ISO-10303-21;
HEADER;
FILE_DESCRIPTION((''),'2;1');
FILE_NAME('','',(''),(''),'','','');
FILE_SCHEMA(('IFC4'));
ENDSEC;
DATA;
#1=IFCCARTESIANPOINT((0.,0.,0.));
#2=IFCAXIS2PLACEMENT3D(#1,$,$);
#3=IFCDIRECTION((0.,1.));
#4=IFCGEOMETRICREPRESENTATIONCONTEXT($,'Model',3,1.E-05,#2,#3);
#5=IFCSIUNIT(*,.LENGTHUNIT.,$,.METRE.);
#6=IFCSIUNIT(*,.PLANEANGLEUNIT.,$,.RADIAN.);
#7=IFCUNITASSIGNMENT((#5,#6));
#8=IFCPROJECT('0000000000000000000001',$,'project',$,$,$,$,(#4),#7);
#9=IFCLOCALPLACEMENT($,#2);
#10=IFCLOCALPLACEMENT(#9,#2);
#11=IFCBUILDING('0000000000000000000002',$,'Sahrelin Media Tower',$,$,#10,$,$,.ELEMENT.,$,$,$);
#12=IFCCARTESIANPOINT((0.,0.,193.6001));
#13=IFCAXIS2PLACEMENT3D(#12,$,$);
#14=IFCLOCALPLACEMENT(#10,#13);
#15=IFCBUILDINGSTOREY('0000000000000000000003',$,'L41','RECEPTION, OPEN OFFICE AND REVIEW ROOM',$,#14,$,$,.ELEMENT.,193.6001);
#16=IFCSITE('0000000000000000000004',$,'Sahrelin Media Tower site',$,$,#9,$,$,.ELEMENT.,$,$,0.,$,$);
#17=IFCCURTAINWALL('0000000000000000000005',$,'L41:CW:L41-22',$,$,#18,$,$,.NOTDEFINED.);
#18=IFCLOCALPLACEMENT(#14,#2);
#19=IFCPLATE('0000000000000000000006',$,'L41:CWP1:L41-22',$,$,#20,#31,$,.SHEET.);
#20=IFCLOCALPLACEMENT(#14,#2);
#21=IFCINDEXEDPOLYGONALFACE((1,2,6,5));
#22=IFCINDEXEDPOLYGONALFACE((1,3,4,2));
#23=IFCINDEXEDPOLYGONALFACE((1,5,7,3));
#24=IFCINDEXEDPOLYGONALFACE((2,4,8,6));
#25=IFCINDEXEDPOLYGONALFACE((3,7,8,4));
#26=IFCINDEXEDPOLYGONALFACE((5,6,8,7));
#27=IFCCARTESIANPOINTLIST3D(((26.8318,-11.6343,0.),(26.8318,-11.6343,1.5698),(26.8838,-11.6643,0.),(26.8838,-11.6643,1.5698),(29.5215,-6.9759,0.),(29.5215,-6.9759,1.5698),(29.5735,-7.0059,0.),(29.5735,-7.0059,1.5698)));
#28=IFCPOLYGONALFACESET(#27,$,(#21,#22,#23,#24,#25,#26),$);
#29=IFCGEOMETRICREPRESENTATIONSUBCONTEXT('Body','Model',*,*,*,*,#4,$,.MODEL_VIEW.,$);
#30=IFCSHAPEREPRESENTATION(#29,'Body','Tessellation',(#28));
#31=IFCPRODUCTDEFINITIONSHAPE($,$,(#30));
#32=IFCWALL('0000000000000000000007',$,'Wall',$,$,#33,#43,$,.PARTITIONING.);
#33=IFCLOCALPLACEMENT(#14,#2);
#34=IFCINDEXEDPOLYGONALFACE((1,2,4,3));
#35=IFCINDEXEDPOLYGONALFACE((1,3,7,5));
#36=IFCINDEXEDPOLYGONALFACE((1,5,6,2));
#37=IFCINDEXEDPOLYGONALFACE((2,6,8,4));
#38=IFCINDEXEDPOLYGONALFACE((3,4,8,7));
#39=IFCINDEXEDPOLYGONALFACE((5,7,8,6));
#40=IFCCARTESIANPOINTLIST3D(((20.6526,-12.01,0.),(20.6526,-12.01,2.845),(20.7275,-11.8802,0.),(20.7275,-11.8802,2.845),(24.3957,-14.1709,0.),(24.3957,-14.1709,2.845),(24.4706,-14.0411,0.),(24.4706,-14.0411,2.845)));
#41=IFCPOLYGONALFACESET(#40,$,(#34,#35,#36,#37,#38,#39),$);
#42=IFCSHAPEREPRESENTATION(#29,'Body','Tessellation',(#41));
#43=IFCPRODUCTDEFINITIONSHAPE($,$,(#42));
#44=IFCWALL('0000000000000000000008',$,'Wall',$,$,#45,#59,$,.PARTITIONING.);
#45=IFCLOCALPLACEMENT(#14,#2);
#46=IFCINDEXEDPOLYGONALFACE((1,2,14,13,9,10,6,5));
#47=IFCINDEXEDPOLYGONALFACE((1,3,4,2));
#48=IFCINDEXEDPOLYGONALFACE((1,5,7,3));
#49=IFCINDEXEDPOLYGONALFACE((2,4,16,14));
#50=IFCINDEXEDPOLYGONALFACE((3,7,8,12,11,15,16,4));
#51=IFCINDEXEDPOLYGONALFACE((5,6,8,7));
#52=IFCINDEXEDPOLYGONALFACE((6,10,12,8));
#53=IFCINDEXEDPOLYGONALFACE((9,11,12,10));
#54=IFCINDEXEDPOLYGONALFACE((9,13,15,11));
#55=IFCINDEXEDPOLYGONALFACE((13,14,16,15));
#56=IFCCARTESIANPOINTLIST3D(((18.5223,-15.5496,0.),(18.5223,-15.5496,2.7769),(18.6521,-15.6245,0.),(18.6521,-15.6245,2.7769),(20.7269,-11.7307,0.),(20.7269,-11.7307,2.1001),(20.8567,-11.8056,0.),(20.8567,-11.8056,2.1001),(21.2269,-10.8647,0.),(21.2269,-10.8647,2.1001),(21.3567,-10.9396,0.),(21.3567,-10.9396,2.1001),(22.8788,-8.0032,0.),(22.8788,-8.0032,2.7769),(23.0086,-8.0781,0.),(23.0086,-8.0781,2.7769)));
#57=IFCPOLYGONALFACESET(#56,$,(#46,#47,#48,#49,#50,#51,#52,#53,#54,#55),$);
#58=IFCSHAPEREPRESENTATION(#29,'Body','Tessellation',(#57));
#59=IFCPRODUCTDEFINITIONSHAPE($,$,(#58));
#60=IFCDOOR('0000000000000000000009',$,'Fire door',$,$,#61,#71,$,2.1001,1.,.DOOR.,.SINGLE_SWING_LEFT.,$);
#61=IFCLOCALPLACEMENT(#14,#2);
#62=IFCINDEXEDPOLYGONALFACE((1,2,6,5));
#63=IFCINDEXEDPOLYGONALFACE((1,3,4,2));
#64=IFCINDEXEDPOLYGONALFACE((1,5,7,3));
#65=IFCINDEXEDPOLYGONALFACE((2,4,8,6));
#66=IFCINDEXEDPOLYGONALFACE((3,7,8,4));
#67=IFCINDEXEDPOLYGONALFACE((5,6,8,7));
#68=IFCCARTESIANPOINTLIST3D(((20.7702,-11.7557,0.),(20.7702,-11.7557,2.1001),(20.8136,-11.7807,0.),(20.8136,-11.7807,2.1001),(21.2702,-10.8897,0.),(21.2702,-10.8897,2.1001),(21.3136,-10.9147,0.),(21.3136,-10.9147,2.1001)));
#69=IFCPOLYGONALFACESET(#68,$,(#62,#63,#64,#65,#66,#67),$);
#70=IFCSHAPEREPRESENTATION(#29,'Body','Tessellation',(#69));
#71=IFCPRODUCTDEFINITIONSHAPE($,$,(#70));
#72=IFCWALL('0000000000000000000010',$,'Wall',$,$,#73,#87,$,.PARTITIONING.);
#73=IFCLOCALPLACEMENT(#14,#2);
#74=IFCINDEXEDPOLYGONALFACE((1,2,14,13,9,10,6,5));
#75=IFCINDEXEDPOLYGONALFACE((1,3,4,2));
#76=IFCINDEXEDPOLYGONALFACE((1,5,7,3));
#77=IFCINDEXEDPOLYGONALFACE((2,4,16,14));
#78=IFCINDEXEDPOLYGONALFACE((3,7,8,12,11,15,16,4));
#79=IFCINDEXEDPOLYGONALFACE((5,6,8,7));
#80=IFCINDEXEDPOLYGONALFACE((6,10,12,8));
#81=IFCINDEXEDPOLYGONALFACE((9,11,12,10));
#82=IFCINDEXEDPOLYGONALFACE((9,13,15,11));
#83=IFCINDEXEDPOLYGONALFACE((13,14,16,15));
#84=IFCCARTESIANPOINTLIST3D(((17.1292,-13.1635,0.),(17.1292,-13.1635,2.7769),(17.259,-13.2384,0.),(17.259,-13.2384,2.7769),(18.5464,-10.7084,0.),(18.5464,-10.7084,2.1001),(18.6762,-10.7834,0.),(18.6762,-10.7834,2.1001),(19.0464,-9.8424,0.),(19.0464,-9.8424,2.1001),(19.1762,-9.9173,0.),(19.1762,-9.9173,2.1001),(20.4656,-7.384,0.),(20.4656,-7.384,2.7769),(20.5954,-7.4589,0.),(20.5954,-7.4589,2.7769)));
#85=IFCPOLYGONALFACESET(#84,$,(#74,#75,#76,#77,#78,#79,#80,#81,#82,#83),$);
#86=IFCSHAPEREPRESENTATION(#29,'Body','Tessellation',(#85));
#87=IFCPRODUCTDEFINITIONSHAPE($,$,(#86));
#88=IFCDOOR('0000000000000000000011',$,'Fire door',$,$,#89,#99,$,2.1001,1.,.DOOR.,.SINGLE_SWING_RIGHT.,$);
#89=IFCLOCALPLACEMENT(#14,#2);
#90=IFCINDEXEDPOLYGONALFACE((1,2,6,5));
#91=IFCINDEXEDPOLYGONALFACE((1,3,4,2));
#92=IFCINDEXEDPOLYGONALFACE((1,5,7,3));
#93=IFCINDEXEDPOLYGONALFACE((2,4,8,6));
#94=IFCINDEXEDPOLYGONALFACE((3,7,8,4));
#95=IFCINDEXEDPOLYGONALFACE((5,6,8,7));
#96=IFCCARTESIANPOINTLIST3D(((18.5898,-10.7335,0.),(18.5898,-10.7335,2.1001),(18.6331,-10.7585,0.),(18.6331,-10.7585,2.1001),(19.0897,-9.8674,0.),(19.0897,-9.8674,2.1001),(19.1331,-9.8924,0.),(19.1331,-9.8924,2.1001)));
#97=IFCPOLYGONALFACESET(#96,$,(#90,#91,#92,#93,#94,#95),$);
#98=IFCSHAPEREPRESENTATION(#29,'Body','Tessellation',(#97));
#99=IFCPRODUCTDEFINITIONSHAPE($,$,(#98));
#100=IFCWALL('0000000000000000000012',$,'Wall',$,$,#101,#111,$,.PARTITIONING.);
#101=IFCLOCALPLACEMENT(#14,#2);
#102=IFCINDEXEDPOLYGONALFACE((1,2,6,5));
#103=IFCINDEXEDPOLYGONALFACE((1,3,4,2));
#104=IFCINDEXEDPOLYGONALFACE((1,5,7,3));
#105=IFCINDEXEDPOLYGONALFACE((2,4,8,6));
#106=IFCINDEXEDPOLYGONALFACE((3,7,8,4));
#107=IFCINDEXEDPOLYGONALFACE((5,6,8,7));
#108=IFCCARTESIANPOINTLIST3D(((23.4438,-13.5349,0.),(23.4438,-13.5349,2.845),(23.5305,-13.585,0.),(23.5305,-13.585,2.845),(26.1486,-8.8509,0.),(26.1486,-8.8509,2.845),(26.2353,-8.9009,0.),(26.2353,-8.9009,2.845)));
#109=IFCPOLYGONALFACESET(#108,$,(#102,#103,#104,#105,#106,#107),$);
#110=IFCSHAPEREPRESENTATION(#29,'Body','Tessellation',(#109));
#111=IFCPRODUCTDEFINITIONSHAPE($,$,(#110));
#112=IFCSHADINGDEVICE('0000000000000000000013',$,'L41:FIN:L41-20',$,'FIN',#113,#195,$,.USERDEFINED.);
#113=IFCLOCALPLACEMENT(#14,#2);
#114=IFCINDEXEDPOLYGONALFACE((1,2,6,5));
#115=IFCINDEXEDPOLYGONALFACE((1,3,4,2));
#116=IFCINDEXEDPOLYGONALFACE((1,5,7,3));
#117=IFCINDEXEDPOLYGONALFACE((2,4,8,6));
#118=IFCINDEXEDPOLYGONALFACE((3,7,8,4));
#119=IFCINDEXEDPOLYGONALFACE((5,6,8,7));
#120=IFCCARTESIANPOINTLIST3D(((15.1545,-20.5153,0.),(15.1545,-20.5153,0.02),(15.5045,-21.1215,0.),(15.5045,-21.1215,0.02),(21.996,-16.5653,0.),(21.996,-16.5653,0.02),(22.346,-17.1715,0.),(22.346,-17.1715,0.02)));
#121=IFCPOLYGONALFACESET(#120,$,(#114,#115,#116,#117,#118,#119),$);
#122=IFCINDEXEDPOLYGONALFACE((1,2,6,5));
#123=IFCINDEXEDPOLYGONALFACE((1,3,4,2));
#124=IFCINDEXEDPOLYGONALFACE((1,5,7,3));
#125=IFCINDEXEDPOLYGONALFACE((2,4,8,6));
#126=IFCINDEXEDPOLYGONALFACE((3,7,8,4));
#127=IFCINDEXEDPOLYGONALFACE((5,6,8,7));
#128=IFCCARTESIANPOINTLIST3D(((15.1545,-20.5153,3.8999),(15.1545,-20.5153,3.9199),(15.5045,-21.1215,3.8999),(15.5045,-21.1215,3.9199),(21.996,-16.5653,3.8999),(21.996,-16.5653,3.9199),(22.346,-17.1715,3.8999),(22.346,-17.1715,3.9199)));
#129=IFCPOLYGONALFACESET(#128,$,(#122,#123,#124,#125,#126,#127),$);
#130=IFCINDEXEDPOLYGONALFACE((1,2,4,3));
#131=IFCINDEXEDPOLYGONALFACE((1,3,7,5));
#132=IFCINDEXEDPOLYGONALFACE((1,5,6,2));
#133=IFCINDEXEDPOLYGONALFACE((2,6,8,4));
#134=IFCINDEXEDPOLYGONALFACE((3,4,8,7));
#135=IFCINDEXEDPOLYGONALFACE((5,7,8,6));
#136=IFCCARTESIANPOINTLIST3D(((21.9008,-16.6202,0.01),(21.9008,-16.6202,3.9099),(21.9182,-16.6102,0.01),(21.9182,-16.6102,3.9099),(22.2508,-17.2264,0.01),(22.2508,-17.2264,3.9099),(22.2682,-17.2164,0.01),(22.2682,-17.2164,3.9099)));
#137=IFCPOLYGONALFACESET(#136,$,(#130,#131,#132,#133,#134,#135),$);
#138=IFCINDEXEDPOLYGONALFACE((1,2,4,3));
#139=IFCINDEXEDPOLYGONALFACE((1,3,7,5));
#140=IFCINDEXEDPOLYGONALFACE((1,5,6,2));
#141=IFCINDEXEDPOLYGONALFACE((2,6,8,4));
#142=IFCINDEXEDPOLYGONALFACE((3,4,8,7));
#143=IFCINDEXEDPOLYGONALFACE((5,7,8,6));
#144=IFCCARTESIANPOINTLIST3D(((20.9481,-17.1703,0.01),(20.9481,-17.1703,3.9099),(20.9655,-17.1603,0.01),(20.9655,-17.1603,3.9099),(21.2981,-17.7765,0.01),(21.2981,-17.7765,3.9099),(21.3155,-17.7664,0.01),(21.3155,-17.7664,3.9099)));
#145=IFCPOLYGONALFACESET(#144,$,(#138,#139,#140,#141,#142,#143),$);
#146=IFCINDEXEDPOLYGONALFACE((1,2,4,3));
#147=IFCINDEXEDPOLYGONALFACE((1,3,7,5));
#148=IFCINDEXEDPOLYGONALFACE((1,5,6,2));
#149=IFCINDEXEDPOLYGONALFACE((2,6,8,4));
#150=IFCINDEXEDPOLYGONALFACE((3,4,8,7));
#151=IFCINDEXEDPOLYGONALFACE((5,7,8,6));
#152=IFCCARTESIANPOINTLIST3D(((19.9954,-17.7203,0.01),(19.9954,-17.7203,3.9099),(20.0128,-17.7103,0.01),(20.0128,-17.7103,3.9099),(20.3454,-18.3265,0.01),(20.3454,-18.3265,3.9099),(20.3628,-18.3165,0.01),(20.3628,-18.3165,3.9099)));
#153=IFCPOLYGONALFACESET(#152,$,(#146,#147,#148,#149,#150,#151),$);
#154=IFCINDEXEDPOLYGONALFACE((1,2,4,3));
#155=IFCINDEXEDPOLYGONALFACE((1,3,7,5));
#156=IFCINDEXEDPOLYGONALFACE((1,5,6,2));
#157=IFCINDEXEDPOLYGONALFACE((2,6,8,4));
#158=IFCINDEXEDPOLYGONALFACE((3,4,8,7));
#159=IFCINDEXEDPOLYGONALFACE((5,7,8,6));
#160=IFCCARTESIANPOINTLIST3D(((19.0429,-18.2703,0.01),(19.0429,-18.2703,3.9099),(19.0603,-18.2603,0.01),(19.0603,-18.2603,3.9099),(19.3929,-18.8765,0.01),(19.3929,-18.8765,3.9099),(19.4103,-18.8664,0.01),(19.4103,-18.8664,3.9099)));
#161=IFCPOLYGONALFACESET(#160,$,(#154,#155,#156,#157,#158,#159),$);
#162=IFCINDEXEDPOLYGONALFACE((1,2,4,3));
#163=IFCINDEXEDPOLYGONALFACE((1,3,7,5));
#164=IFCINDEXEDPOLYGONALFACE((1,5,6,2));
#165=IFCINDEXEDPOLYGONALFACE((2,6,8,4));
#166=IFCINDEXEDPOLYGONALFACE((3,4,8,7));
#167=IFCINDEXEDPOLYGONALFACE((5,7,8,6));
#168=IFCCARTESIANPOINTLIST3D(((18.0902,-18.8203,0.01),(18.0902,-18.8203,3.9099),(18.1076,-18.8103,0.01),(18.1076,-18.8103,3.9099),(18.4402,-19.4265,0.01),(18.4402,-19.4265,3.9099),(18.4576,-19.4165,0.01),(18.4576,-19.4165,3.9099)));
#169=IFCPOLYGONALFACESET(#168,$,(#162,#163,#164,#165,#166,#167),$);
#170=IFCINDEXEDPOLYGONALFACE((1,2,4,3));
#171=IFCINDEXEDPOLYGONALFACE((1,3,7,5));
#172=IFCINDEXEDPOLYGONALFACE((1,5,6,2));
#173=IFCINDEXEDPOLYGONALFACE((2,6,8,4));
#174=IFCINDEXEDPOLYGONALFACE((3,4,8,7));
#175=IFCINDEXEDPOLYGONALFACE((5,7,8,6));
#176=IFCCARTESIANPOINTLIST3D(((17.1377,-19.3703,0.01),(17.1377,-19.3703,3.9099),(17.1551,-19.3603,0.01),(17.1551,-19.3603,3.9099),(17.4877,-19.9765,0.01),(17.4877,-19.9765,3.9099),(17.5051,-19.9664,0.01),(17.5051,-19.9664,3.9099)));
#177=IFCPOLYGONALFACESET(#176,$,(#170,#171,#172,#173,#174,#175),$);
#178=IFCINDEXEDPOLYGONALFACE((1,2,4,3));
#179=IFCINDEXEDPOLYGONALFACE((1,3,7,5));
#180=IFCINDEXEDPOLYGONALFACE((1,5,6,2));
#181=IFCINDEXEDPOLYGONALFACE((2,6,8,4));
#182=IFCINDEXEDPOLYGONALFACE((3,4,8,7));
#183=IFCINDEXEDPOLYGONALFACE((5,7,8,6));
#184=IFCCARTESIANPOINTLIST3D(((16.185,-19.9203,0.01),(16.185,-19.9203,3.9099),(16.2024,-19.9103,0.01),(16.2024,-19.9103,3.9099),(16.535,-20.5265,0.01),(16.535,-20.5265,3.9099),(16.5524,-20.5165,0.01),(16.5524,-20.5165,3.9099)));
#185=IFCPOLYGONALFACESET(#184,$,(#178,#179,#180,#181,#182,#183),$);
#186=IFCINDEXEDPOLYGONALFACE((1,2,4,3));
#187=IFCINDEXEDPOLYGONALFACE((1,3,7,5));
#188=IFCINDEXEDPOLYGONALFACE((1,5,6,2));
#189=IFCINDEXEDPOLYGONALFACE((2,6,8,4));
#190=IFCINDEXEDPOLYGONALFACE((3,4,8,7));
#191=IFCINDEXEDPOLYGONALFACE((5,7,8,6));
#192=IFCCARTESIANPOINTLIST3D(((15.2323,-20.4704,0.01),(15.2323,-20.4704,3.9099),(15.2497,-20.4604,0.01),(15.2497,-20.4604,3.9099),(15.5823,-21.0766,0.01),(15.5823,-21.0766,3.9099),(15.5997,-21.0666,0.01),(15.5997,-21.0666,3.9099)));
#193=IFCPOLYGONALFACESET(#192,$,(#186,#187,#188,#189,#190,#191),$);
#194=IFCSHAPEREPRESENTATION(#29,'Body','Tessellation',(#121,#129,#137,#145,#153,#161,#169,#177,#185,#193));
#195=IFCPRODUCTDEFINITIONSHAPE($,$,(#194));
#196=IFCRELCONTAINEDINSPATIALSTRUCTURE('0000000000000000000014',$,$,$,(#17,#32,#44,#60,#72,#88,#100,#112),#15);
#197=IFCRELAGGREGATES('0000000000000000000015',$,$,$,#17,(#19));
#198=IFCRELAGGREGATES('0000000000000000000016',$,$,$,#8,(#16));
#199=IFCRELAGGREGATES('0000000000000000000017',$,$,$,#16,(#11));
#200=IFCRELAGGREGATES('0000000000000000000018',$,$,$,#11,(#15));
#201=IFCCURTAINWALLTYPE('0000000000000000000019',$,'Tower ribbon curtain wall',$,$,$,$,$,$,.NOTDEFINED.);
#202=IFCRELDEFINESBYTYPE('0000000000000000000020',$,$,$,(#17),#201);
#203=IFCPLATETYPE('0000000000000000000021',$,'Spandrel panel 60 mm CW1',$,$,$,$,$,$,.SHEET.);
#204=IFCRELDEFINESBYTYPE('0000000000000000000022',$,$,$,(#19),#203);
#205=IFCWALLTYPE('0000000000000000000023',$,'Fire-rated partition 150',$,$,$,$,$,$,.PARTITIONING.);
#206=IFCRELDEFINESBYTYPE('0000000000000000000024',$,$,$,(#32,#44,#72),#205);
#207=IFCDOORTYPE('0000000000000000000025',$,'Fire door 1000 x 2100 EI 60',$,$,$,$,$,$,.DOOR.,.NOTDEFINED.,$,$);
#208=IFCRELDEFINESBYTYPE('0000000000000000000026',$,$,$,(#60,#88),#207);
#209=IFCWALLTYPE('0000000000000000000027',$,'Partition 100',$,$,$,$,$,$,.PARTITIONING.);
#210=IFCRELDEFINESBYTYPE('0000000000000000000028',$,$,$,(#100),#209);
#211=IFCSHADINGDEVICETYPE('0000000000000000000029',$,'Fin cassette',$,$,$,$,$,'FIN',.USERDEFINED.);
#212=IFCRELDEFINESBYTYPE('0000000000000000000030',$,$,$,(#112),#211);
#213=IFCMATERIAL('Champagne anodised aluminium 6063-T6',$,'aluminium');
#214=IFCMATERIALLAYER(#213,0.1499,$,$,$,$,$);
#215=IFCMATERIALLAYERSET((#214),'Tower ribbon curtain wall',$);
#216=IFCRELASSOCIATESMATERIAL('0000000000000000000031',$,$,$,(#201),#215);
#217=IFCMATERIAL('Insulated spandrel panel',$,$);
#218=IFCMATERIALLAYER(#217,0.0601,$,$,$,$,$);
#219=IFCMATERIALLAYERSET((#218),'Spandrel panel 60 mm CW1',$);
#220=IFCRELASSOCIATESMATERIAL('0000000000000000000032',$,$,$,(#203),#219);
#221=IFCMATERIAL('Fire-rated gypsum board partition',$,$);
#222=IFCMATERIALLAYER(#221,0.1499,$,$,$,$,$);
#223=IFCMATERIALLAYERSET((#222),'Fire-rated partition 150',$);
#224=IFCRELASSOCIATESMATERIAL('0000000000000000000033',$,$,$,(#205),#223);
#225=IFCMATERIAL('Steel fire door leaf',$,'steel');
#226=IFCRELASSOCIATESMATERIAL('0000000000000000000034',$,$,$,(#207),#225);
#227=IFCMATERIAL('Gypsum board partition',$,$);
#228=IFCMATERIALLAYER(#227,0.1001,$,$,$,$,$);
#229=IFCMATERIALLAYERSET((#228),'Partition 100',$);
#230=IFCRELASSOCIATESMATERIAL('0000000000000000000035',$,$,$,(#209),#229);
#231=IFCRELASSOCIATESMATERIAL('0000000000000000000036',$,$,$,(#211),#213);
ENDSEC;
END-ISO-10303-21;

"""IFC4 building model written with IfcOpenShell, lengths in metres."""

from ifc_helpers import new_model, si_unit, direction, frame, frame_2d, origin, origin_2d, place, context, subcontext, project, spatial, polyline, rectangle, outline, extrude, material, layer, layer_set, type_object, element, fill, aggregate, save


model = new_model("IFC4")

# Units and contexts
model_context = context("Model", 3, precision=1e-05, world=origin(), true_north=direction((0.0, 1.0)))
body_context = subcontext(model_context, "Body", "Model", "MODEL_VIEW")
ifc_project = project(units=[si_unit("LENGTHUNIT", "METRE"), si_unit("PLANEANGLEUNIT", "RADIAN")], contexts=[model_context])

# Site, building, storey
site_placement = place(None, origin())
site = spatial("IfcSite", under=ifc_project, at=site_placement, Name="Sahrelin Media Tower site", CompositionType="ELEMENT", RefElevation=0.0)
building_placement = place(site_placement, origin())
building = spatial("IfcBuilding", under=site, at=building_placement, Name="Sahrelin Media Tower", CompositionType="ELEMENT")
storey_placement = place(building_placement, frame((0.0, 0.0, 193.6001)))
storey = spatial("IfcBuildingStorey", under=building, at=storey_placement, Name="L41", Description="RECEPTION, OPEN OFFICE AND REVIEW ROOM", CompositionType="ELEMENT", Elevation=193.6001)

# Shared definitions
ifc_material_1 = material(Name="Champagne anodised aluminium 6063-T6", Category="aluminium")
ifc_layer_1 = layer(ifc_material_1, 0.1499)
ifc_layer_set_1 = layer_set([ifc_layer_1], Name="Tower ribbon curtain wall")
curtain_wall_type = type_object("IfcCurtainWallType", Name="Tower ribbon curtain wall", PredefinedType="NOTDEFINED", material=ifc_layer_set_1)

# Curtain wall
curtain_wall_1_placement = place(storey_placement, frame((28.2112, -9.325, 0.0), z_axis=(0.0, 0.0, 1.0), x_axis=(1.0, 0.0, 0.0)))
curtain_wall_1 = element("IfcCurtainWall", 1, at=curtain_wall_1_placement, inside=storey, type_object=curtain_wall_type, Name="L41:CW:L41-22", PredefinedType="NOTDEFINED")

# Plate
ifc_material_2 = material(Name="Insulated spandrel panel")
ifc_layer_2 = layer(ifc_material_2, 0.0601)
ifc_layer_set_2 = layer_set([ifc_layer_2], Name="Spandrel panel 60 mm CW1")
plate_type_1 = type_object("IfcPlateType", Name="Spandrel panel 60 mm CW1", PredefinedType="SHEET", material=ifc_layer_set_2)
plate_1_placement = place(storey_placement, frame((26.8838, -11.6643, 0.0), z_axis=(0.866014, -0.50002, 0.0), x_axis=(0.50002, 0.866014, 0.0)))
plate_1 = element("IfcPlate", 2, at=plate_1_placement, type_object=plate_type_1, Name="L41:CWP1:L41-22", PredefinedType="SHEET", context=body_context, shape_type="SweptSolid", body=[
    extrude(outline(polyline([(0.0, 0.0), (5.3792, 0.0), (5.3792, 1.5698), (0.0, 1.5698), (0.0, 0.0)])), origin(), (0.0, 0.0, -1.0), 0.0601),
])
aggregate(curtain_wall_1, [plate_1])

# Wall
ifc_material_3 = material(Name="Fire-rated gypsum board partition")
ifc_layer_3 = layer(ifc_material_3, 0.1499)
ifc_layer_set_3 = layer_set([ifc_layer_3], Name="Fire-rated partition 150")
wall_type_1 = type_object("IfcWallType", Name="Fire-rated partition 150", PredefinedType="PARTITIONING", material=ifc_layer_set_3)
wall_1_placement = place(storey_placement, frame((20.6899, -11.9451, 0.0), z_axis=(0.0, 0.0, 1.0), x_axis=(0.866048, -0.49996, 0.0)))
element("IfcWall", 3, at=wall_1_placement, inside=storey, type_object=wall_type_1, Name="Wall", PredefinedType="PARTITIONING", context=body_context, shape_type="SweptSolid", body=[
    extrude(rectangle(XDim=4.322, YDim=0.1499, at=frame_2d((2.1611, 0.0))), origin(), (0.0, 0.0, 1.0), 2.845),
])

# Walls, openings, doors
wall_2_placement = place(storey_placement, frame((18.5872, -15.5872, 0.0), z_axis=(0.0, 0.0, 1.0), x_axis=(0.49996, 0.866048, 0.0)))
wall_2 = element("IfcWall", 4, at=wall_2_placement, inside=storey, type_object=wall_type_1, Name="Wall", PredefinedType="PARTITIONING", context=body_context, shape_type="SweptSolid", body=[
    extrude(rectangle(XDim=8.7136, YDim=0.1499, at=frame_2d((4.3569, 0.0))), origin(), (0.0, 0.0, 1.0), 2.7769),
])
opening_1_placement = place(wall_2_placement, frame((4.4097, 0.0, 0.0)))
opening_1 = element("IfcOpeningElement", 5, at=opening_1_placement, cuts=wall_2, PredefinedType="OPENING", context=body_context, shape_type="SweptSolid", body=[
    extrude(rectangle(XDim=1.0, YDim=2.1001, at=frame_2d((0.5, 1.05))), frame((0.0, 0.075, 0.0), z_axis=(0.0, -1.0, 0.0), x_axis=(1.0, 0.0, 0.0)), (0.0, 0.0, 1.0), 0.1499),
])
ifc_material_4 = material(Name="Steel fire door leaf", Category="steel")
door_type = type_object("IfcDoorType", Name="Fire door 1000 x 2100 EI 60", OperationType="NOTDEFINED", PredefinedType="DOOR", material=ifc_material_4)
door_1_placement = place(opening_1_placement, origin())
door_1 = element("IfcDoor", 6, at=door_1_placement, inside=storey, type_object=door_type, Name="Fire door", OperationType="SINGLE_SWING_LEFT", OverallHeight=2.1001, OverallWidth=1.0, PredefinedType="DOOR", context=body_context, shape_type="SweptSolid", body=[
    extrude(rectangle(XDim=1.0, YDim=2.1001, at=frame_2d((0.5, 1.05))), frame((0.0, 0.0249, 0.0), z_axis=(0.0, -1.0, 0.0), x_axis=(1.0, 0.0, 0.0)), (0.0, 0.0, 1.0), 0.05),
])
fill(opening_1, door_1)
wall_3_placement = place(storey_placement, frame((17.1941, -13.2009, 0.0), z_axis=(0.0, 0.0, 1.0), x_axis=(0.499956, 0.866051, 0.0)))
wall_3 = element("IfcWall", 7, at=wall_3_placement, inside=storey, type_object=wall_type_1, Name="Wall", PredefinedType="PARTITIONING", context=body_context, shape_type="SweptSolid", body=[
    extrude(rectangle(XDim=6.6733, YDim=0.1499, at=frame_2d((3.3367, 0.0))), origin(), (0.0, 0.0, 1.0), 2.7769),
])
opening_2_placement = place(wall_3_placement, frame((2.8347, 0.0, 0.0)))
opening_2 = element("IfcOpeningElement", 8, at=opening_2_placement, cuts=wall_3, PredefinedType="OPENING", context=body_context, shape_type="SweptSolid", body=[
    extrude(rectangle(XDim=1.0, YDim=2.1001, at=frame_2d((0.5, 1.05))), frame((0.0, 0.075, 0.0), z_axis=(0.0, -1.0, 0.0), x_axis=(1.0, 0.0, 0.0)), (0.0, 0.0, 1.0), 0.1499),
])
door_2_placement = place(opening_2_placement, origin())
door_2 = element("IfcDoor", 9, at=door_2_placement, inside=storey, type_object=door_type, Name="Fire door", OperationType="SINGLE_SWING_RIGHT", OverallHeight=2.1001, OverallWidth=1.0, PredefinedType="DOOR", context=body_context, shape_type="SweptSolid", body=[
    extrude(rectangle(XDim=1.0, YDim=2.1001, at=frame_2d((0.5, 1.05))), frame((0.0, 0.0249, 0.0), z_axis=(0.0, -1.0, 0.0), x_axis=(1.0, 0.0, 0.0)), (0.0, 0.0, 1.0), 0.05),
])
fill(opening_2, door_2)

# Wall
ifc_material_5 = material(Name="Gypsum board partition")
ifc_layer_4 = layer(ifc_material_5, 0.1001)
ifc_layer_set_4 = layer_set([ifc_layer_4], Name="Partition 100")
wall_type_2 = type_object("IfcWallType", Name="Partition 100", PredefinedType="PARTITIONING", material=ifc_layer_set_4)
wall_4_placement = place(storey_placement, frame((23.4871, -13.5601, 0.0), z_axis=(0.0, 0.0, 1.0), x_axis=(0.500066, 0.865987, 0.0)))
element("IfcWall", 10, at=wall_4_placement, inside=storey, type_object=wall_type_2, Name="Wall", PredefinedType="PARTITIONING", context=body_context, shape_type="SweptSolid", body=[
    extrude(rectangle(XDim=5.4089, YDim=0.1001, at=frame_2d((2.7046, 0.0))), origin(), (0.0, 0.0, 1.0), 2.845),
])

# Shading device
shading_device_type_1 = type_object("IfcShadingDeviceType", Name="Fin cassette", ElementType="FIN", PredefinedType="USERDEFINED", material=ifc_material_1)
placement_1 = place(storey_placement, frame((18.5403, -18.4797, 0.0), z_axis=(0.0, 0.0, 1.0), x_axis=(-0.866019, -0.500011, 0.0)))
element("IfcShadingDevice", 11, at=placement_1, inside=storey, type_object=shading_device_type_1, Name="L41:FIN:L41-20", ObjectType="FIN", PredefinedType="USERDEFINED", context=body_context, shape_type="SweptSolid", body=[
    extrude(rectangle(XDim=7.8999, YDim=0.7, at=origin_2d()), frame((0.0, 0.4199, 0.0)), (0.0, 0.0, 1.0), 0.02),
    extrude(rectangle(XDim=7.8999, YDim=0.7, at=origin_2d()), frame((0.0, 0.4199, 3.8999)), (0.0, 0.0, 1.0), 0.02),
    extrude(rectangle(XDim=0.02, YDim=0.7, at=origin_2d()), frame((-3.8501, 0.4199, 0.01), z_axis=(0.0, 0.0, 1.0), x_axis=(1.0, 0.0, 0.0)), (0.0, 0.0, 1.0), 3.8999),
    extrude(rectangle(XDim=0.02, YDim=0.7, at=origin_2d()), frame((-2.75, 0.4199, 0.01), z_axis=(0.0, 0.0, 1.0), x_axis=(1.0, 0.0, 0.0)), (0.0, 0.0, 1.0), 3.8999),
    extrude(rectangle(XDim=0.02, YDim=0.7, at=origin_2d()), frame((-1.6499, 0.4199, 0.01), z_axis=(0.0, 0.0, 1.0), x_axis=(1.0, 0.0, 0.0)), (0.0, 0.0, 1.0), 3.8999),
    extrude(rectangle(XDim=0.02, YDim=0.7, at=origin_2d()), frame((-0.55, 0.4199, 0.01), z_axis=(0.0, 0.0, 1.0), x_axis=(1.0, 0.0, 0.0)), (0.0, 0.0, 1.0), 3.8999),
    extrude(rectangle(XDim=0.02, YDim=0.7, at=origin_2d()), frame((0.55, 0.4199, 0.01), z_axis=(0.0, 0.0, 1.0), x_axis=(1.0, 0.0, 0.0)), (0.0, 0.0, 1.0), 3.8999),
    extrude(rectangle(XDim=0.02, YDim=0.7, at=origin_2d()), frame((1.6499, 0.4199, 0.01), z_axis=(0.0, 0.0, 1.0), x_axis=(1.0, 0.0, 0.0)), (0.0, 0.0, 1.0), 3.8999),
    extrude(rectangle(XDim=0.02, YDim=0.7, at=origin_2d()), frame((2.75, 0.4199, 0.01), z_axis=(0.0, 0.0, 1.0), x_axis=(1.0, 0.0, 0.0)), (0.0, 0.0, 1.0), 3.8999),
    extrude(rectangle(XDim=0.02, YDim=0.7, at=origin_2d()), frame((3.8501, 0.4199, 0.01), z_axis=(0.0, 0.0, 1.0), x_axis=(1.0, 0.0, 0.0)), (0.0, 0.0, 1.0), 3.8999),
])

save(model, "model.ifc")
